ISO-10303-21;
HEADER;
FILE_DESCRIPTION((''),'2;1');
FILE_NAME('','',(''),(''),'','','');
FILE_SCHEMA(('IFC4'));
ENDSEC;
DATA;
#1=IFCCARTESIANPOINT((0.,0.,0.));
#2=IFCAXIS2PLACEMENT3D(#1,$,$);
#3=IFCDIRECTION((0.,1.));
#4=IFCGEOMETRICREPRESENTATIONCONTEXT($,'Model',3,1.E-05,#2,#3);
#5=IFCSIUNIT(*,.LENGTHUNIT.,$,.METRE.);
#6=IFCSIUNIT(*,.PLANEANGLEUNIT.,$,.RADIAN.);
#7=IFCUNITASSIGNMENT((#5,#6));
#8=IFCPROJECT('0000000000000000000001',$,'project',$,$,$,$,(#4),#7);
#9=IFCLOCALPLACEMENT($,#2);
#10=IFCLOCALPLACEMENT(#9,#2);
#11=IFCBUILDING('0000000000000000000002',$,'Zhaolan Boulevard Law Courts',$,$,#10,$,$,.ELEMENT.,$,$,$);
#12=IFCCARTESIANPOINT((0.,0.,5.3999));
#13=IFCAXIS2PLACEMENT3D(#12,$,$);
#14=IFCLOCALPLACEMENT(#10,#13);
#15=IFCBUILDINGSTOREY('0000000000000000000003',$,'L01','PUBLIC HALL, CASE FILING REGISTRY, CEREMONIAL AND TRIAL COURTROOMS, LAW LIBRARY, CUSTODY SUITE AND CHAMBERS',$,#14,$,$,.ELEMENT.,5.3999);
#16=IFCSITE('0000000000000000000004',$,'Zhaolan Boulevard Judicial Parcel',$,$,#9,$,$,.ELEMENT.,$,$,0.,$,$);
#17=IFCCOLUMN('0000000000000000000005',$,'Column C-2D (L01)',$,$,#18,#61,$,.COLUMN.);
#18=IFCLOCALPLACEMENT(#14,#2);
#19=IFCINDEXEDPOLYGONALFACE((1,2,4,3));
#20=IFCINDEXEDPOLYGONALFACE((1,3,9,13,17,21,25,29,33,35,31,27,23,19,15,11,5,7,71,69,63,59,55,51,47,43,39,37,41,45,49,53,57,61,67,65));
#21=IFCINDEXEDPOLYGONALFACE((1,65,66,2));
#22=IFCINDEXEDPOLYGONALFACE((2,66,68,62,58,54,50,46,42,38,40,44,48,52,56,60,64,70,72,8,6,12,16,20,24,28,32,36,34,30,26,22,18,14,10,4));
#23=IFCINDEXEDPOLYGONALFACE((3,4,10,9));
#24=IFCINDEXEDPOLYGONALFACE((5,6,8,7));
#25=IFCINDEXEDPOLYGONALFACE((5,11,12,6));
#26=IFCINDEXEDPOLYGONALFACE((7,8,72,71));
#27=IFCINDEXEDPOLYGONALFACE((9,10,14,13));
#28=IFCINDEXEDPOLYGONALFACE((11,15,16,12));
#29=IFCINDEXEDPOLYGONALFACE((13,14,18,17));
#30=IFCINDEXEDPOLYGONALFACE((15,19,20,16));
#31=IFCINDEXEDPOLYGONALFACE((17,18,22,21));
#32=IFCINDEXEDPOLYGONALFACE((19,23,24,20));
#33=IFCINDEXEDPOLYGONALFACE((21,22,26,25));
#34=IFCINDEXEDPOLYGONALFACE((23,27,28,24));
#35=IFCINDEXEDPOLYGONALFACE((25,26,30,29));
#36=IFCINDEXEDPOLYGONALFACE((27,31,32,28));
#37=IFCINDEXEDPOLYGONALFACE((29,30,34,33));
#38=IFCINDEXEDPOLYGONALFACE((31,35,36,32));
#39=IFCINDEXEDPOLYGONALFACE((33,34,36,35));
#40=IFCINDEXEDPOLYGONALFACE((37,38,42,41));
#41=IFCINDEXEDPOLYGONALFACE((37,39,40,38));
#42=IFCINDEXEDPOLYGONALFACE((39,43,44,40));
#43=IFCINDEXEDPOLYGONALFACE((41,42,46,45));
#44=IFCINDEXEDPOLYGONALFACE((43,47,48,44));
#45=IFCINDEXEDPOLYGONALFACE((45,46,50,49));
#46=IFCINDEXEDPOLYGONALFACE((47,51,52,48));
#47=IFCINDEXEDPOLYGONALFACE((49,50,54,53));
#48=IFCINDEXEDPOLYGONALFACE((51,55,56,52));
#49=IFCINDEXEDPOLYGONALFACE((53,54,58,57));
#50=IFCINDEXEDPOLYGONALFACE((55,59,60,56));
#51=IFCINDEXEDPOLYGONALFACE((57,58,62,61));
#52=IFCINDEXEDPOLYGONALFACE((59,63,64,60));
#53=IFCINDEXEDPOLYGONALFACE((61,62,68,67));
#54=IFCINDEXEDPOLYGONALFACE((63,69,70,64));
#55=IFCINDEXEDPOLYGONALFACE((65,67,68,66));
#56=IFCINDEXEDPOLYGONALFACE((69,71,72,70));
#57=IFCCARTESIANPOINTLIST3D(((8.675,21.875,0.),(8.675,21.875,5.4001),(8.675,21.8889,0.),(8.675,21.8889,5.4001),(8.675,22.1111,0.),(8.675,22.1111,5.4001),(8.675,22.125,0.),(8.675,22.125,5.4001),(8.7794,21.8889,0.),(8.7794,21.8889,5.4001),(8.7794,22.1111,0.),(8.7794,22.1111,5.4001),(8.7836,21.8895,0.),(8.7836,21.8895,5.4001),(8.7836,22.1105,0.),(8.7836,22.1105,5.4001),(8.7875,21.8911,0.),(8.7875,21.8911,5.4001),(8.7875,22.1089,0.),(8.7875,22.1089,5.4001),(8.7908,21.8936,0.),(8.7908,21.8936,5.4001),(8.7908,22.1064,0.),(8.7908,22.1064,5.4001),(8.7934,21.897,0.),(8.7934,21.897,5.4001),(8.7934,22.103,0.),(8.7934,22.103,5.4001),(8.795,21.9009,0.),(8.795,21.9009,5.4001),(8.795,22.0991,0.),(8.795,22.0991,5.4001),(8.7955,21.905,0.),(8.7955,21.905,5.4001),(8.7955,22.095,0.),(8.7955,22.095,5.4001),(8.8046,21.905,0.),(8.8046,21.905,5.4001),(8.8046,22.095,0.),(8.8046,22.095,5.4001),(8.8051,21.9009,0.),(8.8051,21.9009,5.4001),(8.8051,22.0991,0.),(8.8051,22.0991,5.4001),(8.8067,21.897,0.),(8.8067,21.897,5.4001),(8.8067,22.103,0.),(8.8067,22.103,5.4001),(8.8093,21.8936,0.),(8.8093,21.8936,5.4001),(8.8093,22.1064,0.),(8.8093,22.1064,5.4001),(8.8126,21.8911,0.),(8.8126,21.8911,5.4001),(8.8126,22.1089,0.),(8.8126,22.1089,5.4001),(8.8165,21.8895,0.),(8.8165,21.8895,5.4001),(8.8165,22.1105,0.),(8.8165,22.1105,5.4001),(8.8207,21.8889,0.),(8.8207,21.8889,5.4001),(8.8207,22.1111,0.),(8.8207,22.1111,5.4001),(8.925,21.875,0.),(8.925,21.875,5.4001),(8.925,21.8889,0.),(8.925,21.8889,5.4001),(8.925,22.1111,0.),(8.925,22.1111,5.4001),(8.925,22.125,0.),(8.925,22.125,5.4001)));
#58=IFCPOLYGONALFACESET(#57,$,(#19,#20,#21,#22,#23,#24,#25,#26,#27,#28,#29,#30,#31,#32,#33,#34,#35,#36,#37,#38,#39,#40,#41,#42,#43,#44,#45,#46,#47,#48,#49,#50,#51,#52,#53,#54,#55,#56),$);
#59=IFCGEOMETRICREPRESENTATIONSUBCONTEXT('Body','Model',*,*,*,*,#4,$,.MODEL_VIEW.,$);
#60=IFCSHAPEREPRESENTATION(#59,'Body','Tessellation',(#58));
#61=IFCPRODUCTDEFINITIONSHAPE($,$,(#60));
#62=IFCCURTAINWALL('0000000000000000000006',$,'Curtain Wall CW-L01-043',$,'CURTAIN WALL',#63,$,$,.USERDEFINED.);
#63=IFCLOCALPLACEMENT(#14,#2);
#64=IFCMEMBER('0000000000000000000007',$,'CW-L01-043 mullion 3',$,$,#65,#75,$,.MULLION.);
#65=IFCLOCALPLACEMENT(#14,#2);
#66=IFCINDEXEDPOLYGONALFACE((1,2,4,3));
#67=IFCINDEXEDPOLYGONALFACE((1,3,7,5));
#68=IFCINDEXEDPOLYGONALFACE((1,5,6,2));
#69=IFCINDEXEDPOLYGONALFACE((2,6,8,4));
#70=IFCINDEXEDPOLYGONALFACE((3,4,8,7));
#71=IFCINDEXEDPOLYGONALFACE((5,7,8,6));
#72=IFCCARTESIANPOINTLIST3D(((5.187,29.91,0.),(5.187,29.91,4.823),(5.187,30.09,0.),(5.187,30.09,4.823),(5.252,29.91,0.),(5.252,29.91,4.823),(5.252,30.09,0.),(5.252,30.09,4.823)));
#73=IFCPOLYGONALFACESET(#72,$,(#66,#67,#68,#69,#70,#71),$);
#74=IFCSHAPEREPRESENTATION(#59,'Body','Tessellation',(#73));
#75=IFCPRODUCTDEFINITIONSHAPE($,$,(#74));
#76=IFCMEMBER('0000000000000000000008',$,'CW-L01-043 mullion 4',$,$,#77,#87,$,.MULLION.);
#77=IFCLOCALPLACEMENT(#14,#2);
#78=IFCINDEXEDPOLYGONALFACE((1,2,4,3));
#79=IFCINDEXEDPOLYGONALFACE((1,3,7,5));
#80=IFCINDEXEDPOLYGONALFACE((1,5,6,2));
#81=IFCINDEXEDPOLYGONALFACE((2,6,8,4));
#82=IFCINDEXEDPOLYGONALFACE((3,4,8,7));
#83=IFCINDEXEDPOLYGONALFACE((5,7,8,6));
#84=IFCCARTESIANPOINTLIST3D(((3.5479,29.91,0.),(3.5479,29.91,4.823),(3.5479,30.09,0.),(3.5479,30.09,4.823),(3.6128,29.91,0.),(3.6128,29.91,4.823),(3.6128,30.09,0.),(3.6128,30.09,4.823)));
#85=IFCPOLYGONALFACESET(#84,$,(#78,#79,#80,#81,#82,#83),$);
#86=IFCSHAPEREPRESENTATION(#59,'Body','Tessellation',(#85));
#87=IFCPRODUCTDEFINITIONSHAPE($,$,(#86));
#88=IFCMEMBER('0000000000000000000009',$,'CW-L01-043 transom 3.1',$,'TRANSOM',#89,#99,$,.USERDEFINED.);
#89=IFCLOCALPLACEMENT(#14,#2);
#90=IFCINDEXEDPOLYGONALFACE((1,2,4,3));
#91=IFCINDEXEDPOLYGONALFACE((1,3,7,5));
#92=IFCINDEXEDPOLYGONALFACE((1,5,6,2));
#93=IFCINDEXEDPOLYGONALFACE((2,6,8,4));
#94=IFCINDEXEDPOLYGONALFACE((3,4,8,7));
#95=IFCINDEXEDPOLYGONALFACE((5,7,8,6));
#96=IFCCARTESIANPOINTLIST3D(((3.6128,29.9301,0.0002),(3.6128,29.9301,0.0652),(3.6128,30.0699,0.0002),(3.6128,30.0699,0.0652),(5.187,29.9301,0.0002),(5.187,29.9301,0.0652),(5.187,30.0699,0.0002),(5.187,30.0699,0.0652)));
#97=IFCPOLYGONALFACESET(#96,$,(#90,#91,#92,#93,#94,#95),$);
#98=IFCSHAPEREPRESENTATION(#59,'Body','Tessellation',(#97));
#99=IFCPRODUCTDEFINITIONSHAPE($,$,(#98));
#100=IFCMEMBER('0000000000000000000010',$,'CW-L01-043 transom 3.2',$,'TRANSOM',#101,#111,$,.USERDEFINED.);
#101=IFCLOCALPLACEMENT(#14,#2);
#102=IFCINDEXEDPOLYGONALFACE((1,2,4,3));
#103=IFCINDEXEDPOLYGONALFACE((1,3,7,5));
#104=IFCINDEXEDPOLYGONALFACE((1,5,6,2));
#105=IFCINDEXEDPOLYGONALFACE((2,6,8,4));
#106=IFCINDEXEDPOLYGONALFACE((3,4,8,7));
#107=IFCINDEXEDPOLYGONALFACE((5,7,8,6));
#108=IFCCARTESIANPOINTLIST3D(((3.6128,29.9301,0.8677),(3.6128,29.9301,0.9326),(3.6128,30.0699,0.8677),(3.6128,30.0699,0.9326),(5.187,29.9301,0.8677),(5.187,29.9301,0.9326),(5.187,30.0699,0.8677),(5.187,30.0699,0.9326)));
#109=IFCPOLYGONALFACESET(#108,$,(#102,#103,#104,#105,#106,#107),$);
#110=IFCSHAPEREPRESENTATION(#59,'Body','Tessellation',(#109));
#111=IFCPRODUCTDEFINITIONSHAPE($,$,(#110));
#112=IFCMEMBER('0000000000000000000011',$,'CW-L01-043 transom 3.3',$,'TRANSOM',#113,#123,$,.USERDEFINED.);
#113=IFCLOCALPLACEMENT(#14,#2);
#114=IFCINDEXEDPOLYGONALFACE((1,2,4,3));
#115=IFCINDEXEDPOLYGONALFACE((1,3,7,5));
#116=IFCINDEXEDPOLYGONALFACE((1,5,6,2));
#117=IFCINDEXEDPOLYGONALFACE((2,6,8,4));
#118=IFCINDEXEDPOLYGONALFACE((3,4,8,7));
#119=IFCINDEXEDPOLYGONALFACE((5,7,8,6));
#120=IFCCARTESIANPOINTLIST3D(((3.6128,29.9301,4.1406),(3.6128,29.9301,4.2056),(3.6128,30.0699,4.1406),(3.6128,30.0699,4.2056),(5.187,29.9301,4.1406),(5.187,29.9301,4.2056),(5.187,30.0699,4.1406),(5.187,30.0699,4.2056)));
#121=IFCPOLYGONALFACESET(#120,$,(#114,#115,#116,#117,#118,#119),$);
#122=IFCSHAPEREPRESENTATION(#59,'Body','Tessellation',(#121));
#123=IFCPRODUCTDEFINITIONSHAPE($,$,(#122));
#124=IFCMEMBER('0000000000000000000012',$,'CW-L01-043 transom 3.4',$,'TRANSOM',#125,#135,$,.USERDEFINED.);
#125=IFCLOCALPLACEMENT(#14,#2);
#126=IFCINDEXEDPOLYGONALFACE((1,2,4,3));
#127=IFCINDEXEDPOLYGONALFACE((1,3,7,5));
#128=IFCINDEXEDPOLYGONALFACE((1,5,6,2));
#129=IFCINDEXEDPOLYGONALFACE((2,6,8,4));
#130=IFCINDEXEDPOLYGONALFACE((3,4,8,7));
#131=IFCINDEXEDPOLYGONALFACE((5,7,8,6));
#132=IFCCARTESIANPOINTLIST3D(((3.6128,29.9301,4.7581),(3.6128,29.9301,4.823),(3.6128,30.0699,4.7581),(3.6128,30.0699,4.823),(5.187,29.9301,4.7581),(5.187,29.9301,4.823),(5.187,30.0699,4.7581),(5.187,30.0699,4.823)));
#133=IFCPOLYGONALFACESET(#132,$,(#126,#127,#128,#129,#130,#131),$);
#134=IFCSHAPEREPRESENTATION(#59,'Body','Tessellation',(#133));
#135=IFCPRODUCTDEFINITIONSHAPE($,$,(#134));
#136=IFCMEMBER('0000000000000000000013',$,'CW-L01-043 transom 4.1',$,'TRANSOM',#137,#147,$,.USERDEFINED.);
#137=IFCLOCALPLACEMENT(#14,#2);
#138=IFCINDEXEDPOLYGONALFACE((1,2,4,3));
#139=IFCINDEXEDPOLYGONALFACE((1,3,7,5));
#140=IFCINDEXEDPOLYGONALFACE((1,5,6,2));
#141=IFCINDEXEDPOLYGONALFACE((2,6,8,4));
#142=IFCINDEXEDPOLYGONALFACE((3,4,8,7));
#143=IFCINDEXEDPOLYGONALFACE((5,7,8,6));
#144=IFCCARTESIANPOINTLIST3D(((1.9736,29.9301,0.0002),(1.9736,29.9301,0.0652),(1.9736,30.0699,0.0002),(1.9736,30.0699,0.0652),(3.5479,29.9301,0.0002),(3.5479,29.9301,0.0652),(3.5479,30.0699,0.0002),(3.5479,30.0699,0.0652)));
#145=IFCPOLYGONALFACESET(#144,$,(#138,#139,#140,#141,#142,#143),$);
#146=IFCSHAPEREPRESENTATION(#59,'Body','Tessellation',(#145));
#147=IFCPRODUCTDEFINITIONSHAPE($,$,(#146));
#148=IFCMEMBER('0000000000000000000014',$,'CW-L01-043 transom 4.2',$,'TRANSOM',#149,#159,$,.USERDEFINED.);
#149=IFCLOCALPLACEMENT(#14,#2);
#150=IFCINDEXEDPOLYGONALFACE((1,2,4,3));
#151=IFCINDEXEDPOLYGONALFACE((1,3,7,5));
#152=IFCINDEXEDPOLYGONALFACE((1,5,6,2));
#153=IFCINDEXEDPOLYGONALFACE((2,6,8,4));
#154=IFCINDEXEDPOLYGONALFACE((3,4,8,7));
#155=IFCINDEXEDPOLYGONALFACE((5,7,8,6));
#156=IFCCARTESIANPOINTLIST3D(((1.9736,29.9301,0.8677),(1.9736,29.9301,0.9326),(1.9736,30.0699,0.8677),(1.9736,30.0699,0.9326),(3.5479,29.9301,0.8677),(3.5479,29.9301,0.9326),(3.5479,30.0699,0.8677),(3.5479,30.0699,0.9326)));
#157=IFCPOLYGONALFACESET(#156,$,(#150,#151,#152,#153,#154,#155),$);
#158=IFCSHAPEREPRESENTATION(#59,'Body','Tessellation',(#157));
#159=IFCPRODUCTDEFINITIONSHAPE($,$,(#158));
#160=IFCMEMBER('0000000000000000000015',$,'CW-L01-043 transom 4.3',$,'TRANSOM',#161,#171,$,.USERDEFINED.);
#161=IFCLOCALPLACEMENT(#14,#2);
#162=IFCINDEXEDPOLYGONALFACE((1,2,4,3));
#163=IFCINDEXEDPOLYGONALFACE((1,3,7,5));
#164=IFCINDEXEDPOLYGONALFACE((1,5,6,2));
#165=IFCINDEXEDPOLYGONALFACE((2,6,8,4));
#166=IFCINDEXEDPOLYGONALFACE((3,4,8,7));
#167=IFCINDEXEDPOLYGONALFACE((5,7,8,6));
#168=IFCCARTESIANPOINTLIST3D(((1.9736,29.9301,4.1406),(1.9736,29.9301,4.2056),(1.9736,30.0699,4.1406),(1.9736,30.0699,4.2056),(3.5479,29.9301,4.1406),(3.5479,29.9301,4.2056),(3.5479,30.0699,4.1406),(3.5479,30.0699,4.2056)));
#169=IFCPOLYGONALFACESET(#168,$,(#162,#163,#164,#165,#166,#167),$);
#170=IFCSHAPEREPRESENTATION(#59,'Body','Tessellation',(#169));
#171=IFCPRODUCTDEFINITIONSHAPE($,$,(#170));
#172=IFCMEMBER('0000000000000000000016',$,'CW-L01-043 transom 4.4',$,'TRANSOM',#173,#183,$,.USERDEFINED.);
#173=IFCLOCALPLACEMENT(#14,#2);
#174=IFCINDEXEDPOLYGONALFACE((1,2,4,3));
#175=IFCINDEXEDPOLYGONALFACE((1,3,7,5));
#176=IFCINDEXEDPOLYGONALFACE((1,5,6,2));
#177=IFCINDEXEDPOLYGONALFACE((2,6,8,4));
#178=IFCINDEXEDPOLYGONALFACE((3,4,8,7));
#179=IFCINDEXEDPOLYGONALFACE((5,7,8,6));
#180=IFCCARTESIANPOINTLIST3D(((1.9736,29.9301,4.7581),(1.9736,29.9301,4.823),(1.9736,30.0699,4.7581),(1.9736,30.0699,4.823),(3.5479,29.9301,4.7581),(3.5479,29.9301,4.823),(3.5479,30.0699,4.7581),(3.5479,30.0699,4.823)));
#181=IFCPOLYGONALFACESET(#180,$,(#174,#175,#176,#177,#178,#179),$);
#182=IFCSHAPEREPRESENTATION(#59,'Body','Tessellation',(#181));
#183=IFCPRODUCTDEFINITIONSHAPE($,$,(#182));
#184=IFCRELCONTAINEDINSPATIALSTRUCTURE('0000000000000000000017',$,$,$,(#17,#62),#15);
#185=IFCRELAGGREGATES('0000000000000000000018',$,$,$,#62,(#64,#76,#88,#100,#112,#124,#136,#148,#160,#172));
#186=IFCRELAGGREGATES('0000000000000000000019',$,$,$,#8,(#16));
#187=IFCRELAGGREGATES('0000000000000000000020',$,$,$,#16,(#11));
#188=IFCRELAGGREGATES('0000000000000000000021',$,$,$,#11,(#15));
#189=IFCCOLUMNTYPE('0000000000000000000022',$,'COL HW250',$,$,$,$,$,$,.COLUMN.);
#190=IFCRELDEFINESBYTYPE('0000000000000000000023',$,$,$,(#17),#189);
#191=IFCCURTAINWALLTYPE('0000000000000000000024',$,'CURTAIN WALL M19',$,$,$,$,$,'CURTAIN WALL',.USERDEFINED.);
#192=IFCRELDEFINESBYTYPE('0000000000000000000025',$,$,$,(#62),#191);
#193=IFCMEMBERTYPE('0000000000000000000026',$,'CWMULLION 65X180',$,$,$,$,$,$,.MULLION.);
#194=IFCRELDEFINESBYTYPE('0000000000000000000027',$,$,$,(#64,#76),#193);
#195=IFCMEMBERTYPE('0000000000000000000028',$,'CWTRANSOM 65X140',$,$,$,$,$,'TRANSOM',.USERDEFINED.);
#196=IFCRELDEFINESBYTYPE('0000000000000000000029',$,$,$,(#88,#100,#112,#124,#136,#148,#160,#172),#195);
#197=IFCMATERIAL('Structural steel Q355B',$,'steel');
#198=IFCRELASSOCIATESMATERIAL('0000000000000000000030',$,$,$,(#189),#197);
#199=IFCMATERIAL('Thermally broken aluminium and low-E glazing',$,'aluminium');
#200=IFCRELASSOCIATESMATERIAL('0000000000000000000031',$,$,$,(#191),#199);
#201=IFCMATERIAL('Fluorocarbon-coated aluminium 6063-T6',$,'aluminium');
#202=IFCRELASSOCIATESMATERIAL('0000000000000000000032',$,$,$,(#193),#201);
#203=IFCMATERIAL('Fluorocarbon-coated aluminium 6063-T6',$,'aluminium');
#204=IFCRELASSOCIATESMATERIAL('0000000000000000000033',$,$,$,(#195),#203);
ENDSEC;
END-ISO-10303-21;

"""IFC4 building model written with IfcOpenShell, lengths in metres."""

from ifc_helpers import new_model, si_unit, direction, frame, origin, origin_2d, place, context, subcontext, project, spatial, rectangle, i_section, extrude, material, material_profile, profile_set, type_object, element, aggregate, save


model = new_model("IFC4")

# Units and contexts
model_context = context("Model", 3, precision=1e-05, world=origin(), true_north=direction((0.0, 1.0)))
body_context = subcontext(model_context, "Body", "Model", "MODEL_VIEW")
ifc_project = project(units=[si_unit("LENGTHUNIT", "METRE"), si_unit("PLANEANGLEUNIT", "RADIAN")], contexts=[model_context])

# Site, building, storey
site_placement = place(None, origin())
site = spatial("IfcSite", under=ifc_project, at=site_placement, Name="Zhaolan Boulevard Judicial Parcel", CompositionType="ELEMENT", RefElevation=0.0)
building_placement = place(site_placement, origin())
building = spatial("IfcBuilding", under=site, at=building_placement, Name="Zhaolan Boulevard Law Courts", CompositionType="ELEMENT")
storey_placement = place(building_placement, frame((0.0, 0.0, 5.3999)))
storey = spatial("IfcBuildingStorey", under=building, at=storey_placement, Name="L01", Description="PUBLIC HALL, CASE FILING REGISTRY, CEREMONIAL AND TRIAL COURTROOMS, LAW LIBRARY, CUSTODY SUITE AND CHAMBERS", CompositionType="ELEMENT", Elevation=5.3999)

# Column
ifc_material_1 = material(Name="Structural steel Q355B", Category="steel")
ifc_material_profile_1 = material_profile(ifc_material_1, i_section(OverallWidth=0.25, OverallDepth=0.25, WebThickness=0.009, FlangeThickness=0.0139, FilletRadius=0.0161, at=origin_2d()), Name="HW250x250")
ifc_profile_set_1 = profile_set([ifc_material_profile_1], Name="Structural steel Q355B")
column_type = type_object("IfcColumnType", Name="COL HW250", PredefinedType="COLUMN", material=ifc_profile_set_1)
column_placement = place(storey_placement, frame((8.8, 22.0, 0.0), z_axis=(0.0, 0.0, 1.0), x_axis=(1.0, 0.0, 0.0)))
element("IfcColumn", 1, at=column_placement, inside=storey, type_object=column_type, Name="Column C-2D (L01)", PredefinedType="COLUMN", context=body_context, shape_type="SweptSolid", body=[
    extrude(i_section(OverallWidth=0.25, OverallDepth=0.25, WebThickness=0.009, FlangeThickness=0.0139, FilletRadius=0.0161, at=origin_2d()), origin(), (0.0, 0.0, 1.0), 5.4001),
])

# Curtain wall, members
ifc_material_2 = material(Name="Thermally broken aluminium and low-E glazing", Category="aluminium")
curtain_wall_type = type_object("IfcCurtainWallType", Name="CURTAIN WALL M19", ElementType="CURTAIN WALL", PredefinedType="USERDEFINED", material=ifc_material_2)
curtain_wall_placement = place(storey_placement, origin())
curtain_wall = element("IfcCurtainWall", 2, at=curtain_wall_placement, inside=storey, type_object=curtain_wall_type, Name="Curtain Wall CW-L01-043", ObjectType="CURTAIN WALL", PredefinedType="USERDEFINED")
ifc_material_3 = material(Name="Fluorocarbon-coated aluminium 6063-T6", Category="aluminium")
ifc_material_profile_2 = material_profile(ifc_material_3, rectangle(XDim=0.1799, YDim=0.0649, at=origin_2d()), Name="AL65x180")
ifc_profile_set_2 = profile_set([ifc_material_profile_2], Name="Fluorocarbon-coated aluminium 6063-T6")
member_type_1 = type_object("IfcMemberType", Name="CWMULLION 65X180", PredefinedType="MULLION", material=ifc_profile_set_2)
member_1_placement = place(storey_placement, frame((5.2195, 30.0, 0.0), z_axis=(0.0, 0.0, 1.0), x_axis=(0.0, -1.0, 0.0)))
member_1 = element("IfcMember", 3, at=member_1_placement, type_object=member_type_1, Name="CW-L01-043 mullion 3", PredefinedType="MULLION", context=body_context, shape_type="SweptSolid", body=[
    extrude(rectangle(XDim=0.1799, YDim=0.0649, at=origin_2d()), origin(), (0.0, 0.0, 1.0), 4.823),
])
member_2_placement = place(storey_placement, frame((3.5803, 30.0, 0.0), z_axis=(0.0, 0.0, 1.0), x_axis=(0.0, -1.0, 0.0)))
member_2 = element("IfcMember", 4, at=member_2_placement, type_object=member_type_1, Name="CW-L01-043 mullion 4", PredefinedType="MULLION", context=body_context, shape_type="SweptSolid", body=[
    extrude(rectangle(XDim=0.1799, YDim=0.0649, at=origin_2d()), origin(), (0.0, 0.0, 1.0), 4.823),
])
ifc_material_4 = material(Name="Fluorocarbon-coated aluminium 6063-T6", Category="aluminium")
ifc_material_profile_3 = material_profile(ifc_material_4, rectangle(XDim=0.1399, YDim=0.0649, at=origin_2d()), Name="AL65x140")
ifc_profile_set_3 = profile_set([ifc_material_profile_3], Name="Fluorocarbon-coated aluminium 6063-T6")
member_type_2 = type_object("IfcMemberType", Name="CWTRANSOM 65X140", ElementType="TRANSOM", PredefinedType="USERDEFINED", material=ifc_profile_set_3)
member_3_placement = place(storey_placement, frame((5.187, 30.0, 0.0327), z_axis=(-1.0, 0.0, 0.0), x_axis=(0.0, -1.0, 0.0)))
member_3 = element("IfcMember", 5, at=member_3_placement, type_object=member_type_2, Name="CW-L01-043 transom 3.1", ObjectType="TRANSOM", PredefinedType="USERDEFINED", context=body_context, shape_type="SweptSolid", body=[
    extrude(rectangle(XDim=0.1399, YDim=0.0649, at=origin_2d()), origin(), (0.0, 0.0, 1.0), 1.5742),
])
member_4_placement = place(storey_placement, frame((5.187, 30.0, 0.9001), z_axis=(-1.0, 0.0, 0.0), x_axis=(0.0, -1.0, 0.0)))
member_4 = element("IfcMember", 6, at=member_4_placement, type_object=member_type_2, Name="CW-L01-043 transom 3.2", ObjectType="TRANSOM", PredefinedType="USERDEFINED", context=body_context, shape_type="SweptSolid", body=[
    extrude(rectangle(XDim=0.1399, YDim=0.0649, at=origin_2d()), origin(), (0.0, 0.0, 1.0), 1.5742),
])
member_5_placement = place(storey_placement, frame((5.187, 30.0, 4.1731), z_axis=(-1.0, 0.0, 0.0), x_axis=(0.0, -1.0, 0.0)))
member_5 = element("IfcMember", 7, at=member_5_placement, type_object=member_type_2, Name="CW-L01-043 transom 3.3", ObjectType="TRANSOM", PredefinedType="USERDEFINED", context=body_context, shape_type="SweptSolid", body=[
    extrude(rectangle(XDim=0.1399, YDim=0.0649, at=origin_2d()), origin(), (0.0, 0.0, 1.0), 1.5742),
])
member_6_placement = place(storey_placement, frame((5.187, 30.0, 4.7905), z_axis=(-1.0, 0.0, 0.0), x_axis=(0.0, -1.0, 0.0)))
member_6 = element("IfcMember", 8, at=member_6_placement, type_object=member_type_2, Name="CW-L01-043 transom 3.4", ObjectType="TRANSOM", PredefinedType="USERDEFINED", context=body_context, shape_type="SweptSolid", body=[
    extrude(rectangle(XDim=0.1399, YDim=0.0649, at=origin_2d()), origin(), (0.0, 0.0, 1.0), 1.5742),
])
member_7_placement = place(storey_placement, frame((3.5479, 30.0, 0.0327), z_axis=(-1.0, 0.0, 0.0), x_axis=(0.0, -1.0, 0.0)))
member_7 = element("IfcMember", 9, at=member_7_placement, type_object=member_type_2, Name="CW-L01-043 transom 4.1", ObjectType="TRANSOM", PredefinedType="USERDEFINED", context=body_context, shape_type="SweptSolid", body=[
    extrude(rectangle(XDim=0.1399, YDim=0.0649, at=origin_2d()), origin(), (0.0, 0.0, 1.0), 1.5742),
])
member_8_placement = place(storey_placement, frame((3.5479, 30.0, 0.9001), z_axis=(-1.0, 0.0, 0.0), x_axis=(0.0, -1.0, 0.0)))
member_8 = element("IfcMember", 10, at=member_8_placement, type_object=member_type_2, Name="CW-L01-043 transom 4.2", ObjectType="TRANSOM", PredefinedType="USERDEFINED", context=body_context, shape_type="SweptSolid", body=[
    extrude(rectangle(XDim=0.1399, YDim=0.0649, at=origin_2d()), origin(), (0.0, 0.0, 1.0), 1.5742),
])
member_9_placement = place(storey_placement, frame((3.5479, 30.0, 4.1731), z_axis=(-1.0, 0.0, 0.0), x_axis=(0.0, -1.0, 0.0)))
member_9 = element("IfcMember", 11, at=member_9_placement, type_object=member_type_2, Name="CW-L01-043 transom 4.3", ObjectType="TRANSOM", PredefinedType="USERDEFINED", context=body_context, shape_type="SweptSolid", body=[
    extrude(rectangle(XDim=0.1399, YDim=0.0649, at=origin_2d()), origin(), (0.0, 0.0, 1.0), 1.5742),
])
member_10_placement = place(storey_placement, frame((3.5479, 30.0, 4.7905), z_axis=(-1.0, 0.0, 0.0), x_axis=(0.0, -1.0, 0.0)))
member_10 = element("IfcMember", 12, at=member_10_placement, type_object=member_type_2, Name="CW-L01-043 transom 4.4", ObjectType="TRANSOM", PredefinedType="USERDEFINED", context=body_context, shape_type="SweptSolid", body=[
    extrude(rectangle(XDim=0.1399, YDim=0.0649, at=origin_2d()), origin(), (0.0, 0.0, 1.0), 1.5742),
])

aggregate(curtain_wall, [member_1, member_2, member_3, member_4, member_5, member_6, member_7, member_8, member_9, member_10])

save(model, "model.ifc")
